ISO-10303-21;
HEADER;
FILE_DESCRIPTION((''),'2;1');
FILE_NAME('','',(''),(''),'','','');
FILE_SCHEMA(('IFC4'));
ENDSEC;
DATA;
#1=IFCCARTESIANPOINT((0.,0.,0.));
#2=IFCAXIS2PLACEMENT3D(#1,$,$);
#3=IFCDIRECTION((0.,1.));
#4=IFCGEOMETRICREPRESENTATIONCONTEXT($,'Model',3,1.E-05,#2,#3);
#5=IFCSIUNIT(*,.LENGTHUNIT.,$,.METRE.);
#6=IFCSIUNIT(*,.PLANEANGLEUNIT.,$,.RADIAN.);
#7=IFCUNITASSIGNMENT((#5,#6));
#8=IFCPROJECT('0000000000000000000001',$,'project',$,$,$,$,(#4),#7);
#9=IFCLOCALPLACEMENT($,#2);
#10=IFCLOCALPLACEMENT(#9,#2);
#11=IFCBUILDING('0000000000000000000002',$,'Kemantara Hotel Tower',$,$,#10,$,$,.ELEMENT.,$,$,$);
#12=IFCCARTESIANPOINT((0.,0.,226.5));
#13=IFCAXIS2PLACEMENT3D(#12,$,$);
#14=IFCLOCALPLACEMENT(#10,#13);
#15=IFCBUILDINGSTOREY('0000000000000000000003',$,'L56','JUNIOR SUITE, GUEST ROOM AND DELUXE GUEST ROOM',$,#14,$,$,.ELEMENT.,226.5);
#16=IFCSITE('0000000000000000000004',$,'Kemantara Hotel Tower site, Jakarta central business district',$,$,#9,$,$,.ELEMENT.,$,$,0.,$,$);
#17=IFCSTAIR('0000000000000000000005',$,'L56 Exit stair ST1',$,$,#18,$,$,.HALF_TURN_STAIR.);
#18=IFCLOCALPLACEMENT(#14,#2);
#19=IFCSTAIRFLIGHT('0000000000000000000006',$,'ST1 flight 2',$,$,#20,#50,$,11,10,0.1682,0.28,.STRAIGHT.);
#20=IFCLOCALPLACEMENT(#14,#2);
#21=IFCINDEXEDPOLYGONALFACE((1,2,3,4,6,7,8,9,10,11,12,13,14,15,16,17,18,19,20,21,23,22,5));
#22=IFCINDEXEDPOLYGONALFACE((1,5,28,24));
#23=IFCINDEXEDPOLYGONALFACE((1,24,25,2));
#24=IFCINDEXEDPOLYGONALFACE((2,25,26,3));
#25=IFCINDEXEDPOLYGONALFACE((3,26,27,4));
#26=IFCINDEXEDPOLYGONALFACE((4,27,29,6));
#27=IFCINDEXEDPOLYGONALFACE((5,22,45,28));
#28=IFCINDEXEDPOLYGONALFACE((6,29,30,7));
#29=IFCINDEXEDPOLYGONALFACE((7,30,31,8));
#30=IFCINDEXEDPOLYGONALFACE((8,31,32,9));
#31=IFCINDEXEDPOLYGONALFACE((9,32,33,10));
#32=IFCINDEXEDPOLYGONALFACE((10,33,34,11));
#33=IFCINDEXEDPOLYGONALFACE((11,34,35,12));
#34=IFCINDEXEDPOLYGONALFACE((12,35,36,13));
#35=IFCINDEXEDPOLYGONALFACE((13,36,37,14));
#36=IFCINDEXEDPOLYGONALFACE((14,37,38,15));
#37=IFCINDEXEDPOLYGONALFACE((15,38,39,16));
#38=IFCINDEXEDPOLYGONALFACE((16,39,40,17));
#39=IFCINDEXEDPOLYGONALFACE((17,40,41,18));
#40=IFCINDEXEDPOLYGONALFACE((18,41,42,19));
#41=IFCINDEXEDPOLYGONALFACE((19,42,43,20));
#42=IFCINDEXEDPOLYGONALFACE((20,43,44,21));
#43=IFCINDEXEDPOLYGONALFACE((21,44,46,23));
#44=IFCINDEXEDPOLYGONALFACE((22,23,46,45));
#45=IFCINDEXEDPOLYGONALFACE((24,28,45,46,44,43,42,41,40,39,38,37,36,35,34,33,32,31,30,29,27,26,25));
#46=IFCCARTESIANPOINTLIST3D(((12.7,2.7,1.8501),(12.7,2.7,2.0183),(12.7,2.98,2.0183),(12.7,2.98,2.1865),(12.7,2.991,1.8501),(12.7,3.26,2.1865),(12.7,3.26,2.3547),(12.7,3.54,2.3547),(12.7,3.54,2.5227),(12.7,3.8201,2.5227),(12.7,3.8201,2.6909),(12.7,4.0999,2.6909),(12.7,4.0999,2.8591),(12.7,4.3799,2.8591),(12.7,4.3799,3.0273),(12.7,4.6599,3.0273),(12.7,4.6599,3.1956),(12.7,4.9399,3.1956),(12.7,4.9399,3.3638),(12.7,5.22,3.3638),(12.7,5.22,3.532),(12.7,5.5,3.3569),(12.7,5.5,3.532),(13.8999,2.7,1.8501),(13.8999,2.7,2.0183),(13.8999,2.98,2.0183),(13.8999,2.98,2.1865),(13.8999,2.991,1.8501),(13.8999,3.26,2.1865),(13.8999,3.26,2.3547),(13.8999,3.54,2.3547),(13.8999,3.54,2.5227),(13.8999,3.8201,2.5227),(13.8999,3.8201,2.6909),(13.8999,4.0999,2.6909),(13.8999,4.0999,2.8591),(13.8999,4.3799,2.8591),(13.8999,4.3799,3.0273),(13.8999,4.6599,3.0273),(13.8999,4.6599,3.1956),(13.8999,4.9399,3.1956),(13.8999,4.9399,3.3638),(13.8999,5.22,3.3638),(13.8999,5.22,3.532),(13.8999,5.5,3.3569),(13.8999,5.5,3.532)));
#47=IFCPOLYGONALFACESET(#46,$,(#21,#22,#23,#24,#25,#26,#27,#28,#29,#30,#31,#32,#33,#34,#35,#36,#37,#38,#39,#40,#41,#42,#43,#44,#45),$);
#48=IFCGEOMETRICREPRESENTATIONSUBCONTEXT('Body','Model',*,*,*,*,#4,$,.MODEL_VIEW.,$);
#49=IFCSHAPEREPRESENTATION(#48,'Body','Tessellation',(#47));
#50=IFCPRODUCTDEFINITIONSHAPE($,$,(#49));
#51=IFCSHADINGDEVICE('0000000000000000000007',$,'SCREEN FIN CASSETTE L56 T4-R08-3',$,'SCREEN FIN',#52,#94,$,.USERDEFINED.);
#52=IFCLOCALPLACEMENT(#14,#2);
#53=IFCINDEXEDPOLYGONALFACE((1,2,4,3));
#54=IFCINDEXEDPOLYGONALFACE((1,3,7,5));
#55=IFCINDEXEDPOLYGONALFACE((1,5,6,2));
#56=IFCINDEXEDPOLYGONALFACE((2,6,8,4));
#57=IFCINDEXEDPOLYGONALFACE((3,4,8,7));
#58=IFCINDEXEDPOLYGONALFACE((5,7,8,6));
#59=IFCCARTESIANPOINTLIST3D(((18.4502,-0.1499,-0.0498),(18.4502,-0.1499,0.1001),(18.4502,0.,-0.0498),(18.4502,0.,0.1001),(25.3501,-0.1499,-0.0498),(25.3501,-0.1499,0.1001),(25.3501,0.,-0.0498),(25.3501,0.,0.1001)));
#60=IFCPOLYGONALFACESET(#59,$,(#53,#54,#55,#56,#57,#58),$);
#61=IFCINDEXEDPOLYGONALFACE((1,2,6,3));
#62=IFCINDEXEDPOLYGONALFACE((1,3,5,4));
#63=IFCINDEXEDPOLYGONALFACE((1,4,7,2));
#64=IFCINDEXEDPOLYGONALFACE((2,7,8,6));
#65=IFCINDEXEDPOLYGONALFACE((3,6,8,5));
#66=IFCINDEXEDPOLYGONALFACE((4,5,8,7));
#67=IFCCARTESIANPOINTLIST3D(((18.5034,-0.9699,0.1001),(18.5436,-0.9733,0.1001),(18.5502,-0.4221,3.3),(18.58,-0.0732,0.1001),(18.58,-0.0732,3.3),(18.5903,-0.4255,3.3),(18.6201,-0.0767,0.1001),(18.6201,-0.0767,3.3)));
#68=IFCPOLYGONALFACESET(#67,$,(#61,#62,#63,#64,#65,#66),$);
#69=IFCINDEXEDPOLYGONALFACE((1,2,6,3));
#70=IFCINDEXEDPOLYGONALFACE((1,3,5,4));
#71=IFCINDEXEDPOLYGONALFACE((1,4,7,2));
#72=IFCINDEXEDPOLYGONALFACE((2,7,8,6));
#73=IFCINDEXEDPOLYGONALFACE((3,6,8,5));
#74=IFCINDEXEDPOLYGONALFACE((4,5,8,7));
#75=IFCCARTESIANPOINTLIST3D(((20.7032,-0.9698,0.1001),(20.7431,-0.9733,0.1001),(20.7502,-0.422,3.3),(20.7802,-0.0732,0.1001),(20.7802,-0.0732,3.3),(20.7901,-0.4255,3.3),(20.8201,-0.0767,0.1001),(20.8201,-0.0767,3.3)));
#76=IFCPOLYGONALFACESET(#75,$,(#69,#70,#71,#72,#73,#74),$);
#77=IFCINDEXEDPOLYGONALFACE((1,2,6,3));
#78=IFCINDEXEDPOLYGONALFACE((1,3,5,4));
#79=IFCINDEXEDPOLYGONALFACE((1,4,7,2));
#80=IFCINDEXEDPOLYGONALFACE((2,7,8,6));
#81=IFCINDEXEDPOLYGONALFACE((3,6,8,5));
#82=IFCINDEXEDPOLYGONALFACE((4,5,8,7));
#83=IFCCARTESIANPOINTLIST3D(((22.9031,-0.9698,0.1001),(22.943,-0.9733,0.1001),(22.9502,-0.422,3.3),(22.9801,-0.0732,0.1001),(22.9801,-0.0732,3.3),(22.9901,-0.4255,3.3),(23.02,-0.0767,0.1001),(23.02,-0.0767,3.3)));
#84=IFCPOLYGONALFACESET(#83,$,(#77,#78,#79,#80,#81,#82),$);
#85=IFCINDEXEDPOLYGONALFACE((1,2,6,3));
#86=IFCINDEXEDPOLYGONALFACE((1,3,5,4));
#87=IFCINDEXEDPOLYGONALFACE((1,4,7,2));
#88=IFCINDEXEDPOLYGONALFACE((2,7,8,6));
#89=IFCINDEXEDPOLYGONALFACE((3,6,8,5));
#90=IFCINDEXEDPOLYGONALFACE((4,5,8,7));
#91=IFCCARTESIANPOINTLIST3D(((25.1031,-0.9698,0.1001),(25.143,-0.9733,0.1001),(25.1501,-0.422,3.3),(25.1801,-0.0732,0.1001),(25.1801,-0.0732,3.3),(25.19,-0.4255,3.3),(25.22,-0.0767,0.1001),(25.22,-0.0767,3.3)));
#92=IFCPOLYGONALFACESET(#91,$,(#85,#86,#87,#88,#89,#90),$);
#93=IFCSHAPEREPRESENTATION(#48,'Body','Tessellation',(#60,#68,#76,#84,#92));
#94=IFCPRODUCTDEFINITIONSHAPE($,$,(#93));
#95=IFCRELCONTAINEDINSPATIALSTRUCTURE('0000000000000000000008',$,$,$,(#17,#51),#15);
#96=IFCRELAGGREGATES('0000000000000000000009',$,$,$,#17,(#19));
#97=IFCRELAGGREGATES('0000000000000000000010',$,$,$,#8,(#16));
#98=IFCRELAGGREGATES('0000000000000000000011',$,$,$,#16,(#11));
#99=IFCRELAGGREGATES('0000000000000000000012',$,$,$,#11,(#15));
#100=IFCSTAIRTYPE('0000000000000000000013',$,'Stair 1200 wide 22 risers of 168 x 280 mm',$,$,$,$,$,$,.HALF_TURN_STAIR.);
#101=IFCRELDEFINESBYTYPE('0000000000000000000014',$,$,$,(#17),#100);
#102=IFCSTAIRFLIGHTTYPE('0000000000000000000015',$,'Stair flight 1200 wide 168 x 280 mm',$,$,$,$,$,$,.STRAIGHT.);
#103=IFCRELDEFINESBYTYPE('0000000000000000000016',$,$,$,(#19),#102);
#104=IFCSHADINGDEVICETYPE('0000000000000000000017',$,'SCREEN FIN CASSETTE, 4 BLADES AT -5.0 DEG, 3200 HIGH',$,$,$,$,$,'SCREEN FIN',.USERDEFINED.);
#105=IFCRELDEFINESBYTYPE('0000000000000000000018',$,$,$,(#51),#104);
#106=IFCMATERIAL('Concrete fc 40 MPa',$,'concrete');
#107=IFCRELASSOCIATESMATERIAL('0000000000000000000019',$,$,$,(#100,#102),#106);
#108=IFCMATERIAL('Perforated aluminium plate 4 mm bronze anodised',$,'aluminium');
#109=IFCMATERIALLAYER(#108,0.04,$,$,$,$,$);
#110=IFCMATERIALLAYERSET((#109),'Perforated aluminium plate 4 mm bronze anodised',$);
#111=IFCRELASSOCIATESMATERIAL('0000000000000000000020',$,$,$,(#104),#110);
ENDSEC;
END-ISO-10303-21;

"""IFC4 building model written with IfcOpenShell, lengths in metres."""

from ifc_helpers import new_model, si_unit, direction, frame, origin, origin_2d, place, context, subcontext, project, spatial, polyline, rectangle, outline, extrude, source, transform, mapped, material, layer, layer_set, type_object, element, aggregate, save


model = new_model("IFC4")

# Units and contexts
model_context = context("Model", 3, precision=1e-05, world=origin(), true_north=direction((0.0, 1.0)))
body_context = subcontext(model_context, "Body", "Model", "MODEL_VIEW")
ifc_project = project(units=[si_unit("LENGTHUNIT", "METRE"), si_unit("PLANEANGLEUNIT", "RADIAN")], contexts=[model_context])

# Site, building, storey
site_placement = place(None, origin())
site = spatial("IfcSite", under=ifc_project, at=site_placement, Name="Kemantara Hotel Tower site, Jakarta central business district", CompositionType="ELEMENT", RefElevation=0.0)
building_placement = place(site_placement, origin())
building = spatial("IfcBuilding", under=site, at=building_placement, Name="Kemantara Hotel Tower", CompositionType="ELEMENT")
storey_placement = place(building_placement, frame((0.0, 0.0, 226.5)))
storey = spatial("IfcBuildingStorey", under=building, at=storey_placement, Name="L56", Description="JUNIOR SUITE, GUEST ROOM AND DELUXE GUEST ROOM", CompositionType="ELEMENT", Elevation=226.5)

# Stair, stair flight
ifc_material_1 = material(Name="Concrete fc 40 MPa", Category="concrete")
stair_type = type_object("IfcStairType", Name="Stair 1200 wide 22 risers of 168 x 280 mm", PredefinedType="HALF_TURN_STAIR", material=ifc_material_1)
stair_placement = place(storey_placement, origin())
stair = element("IfcStair", 1, at=stair_placement, inside=storey, type_object=stair_type, Name="L56 Exit stair ST1", PredefinedType="HALF_TURN_STAIR")
stair_flight_type = type_object("IfcStairFlightType", Name="Stair flight 1200 wide 168 x 280 mm", PredefinedType="STRAIGHT", material=ifc_material_1)
stair_flight_placement = place(storey_placement, frame((13.3, 2.7, 1.8501), z_axis=(0.0, 0.0, 1.0), x_axis=(0.0, 1.0, 0.0)))
stair_flight = element("IfcStairFlight", 2, at=stair_flight_placement, type_object=stair_flight_type, Name="ST1 flight 2", NumberOfRisers=11, NumberOfTreads=10, PredefinedType="STRAIGHT", RiserHeight=0.1682, TreadLength=0.28, context=body_context, shape_type="SweptSolid", body=[
    extrude(outline(polyline([(0.0, 0.0), (0.0, 0.1682), (0.28, 0.1682), (0.28, 0.3364), (0.5601, 0.3364), (0.5601, 0.5046), (0.8401, 0.5046), (0.8401, 0.6726), (1.1201, 0.6726), (1.1201, 0.8408), (1.3999, 0.8408), (1.3999, 1.009), (1.6799, 1.009), (1.6799, 1.1772), (1.96, 1.1772), (1.96, 1.3455), (2.24, 1.3455), (2.24, 1.5137), (2.52, 1.5137), (2.52, 1.6819), (2.8, 1.6819), (2.8, 1.8501), (2.8, 1.5068), (0.291, 0.0), (0.0, 0.0)])), frame((0.0, 0.6001, 0.0), z_axis=(0.0, -1.0, 0.0), x_axis=(1.0, 0.0, 0.0)), (0.0, 0.0, 1.0), 1.2),
])
aggregate(stair, [stair_flight])

# Shading device
ifc_material_2 = material(Name="Perforated aluminium plate 4 mm bronze anodised", Category="aluminium")
ifc_layer_1 = layer(ifc_material_2, 0.04)
ifc_layer_set_1 = layer_set([ifc_layer_1], Name="Perforated aluminium plate 4 mm bronze anodised")
shading_device_type = type_object("IfcShadingDeviceType", Name="SCREEN FIN CASSETTE, 4 BLADES AT -5.0 DEG, 3200 HIGH", ElementType="SCREEN FIN", PredefinedType="USERDEFINED", material=ifc_layer_set_1)
shared_shape = source(origin(), body_context, "Body", "SweptSolid", [
    extrude(rectangle(XDim=6.8999, YDim=0.1499, at=origin_2d()), frame((3.3, -0.075, -0.1499), z_axis=(0.0, 0.0, 1.0), x_axis=(1.0, 0.0, 0.0)), (0.0, 0.0, 1.0), 0.1499),
    extrude(outline(polyline([(0.0, 0.0), (0.8999, 0.0), (0.3501, 3.2), (0.0, 3.2), (0.0, 0.0)])), frame((0.02, -0.0767, 0.0), z_axis=(-0.996376, 0.085056, 0.0), x_axis=(-0.085056, -0.996376, 0.0)), (0.0, 0.0, 1.0), 0.0403),
    extrude(outline(polyline([(0.0, 0.0), (0.8999, 0.0), (0.3501, 3.2), (0.0, 3.2), (0.0, 0.0)])), frame((2.22, -0.0767, 0.0), z_axis=(-0.996332, 0.085575, 0.0), x_axis=(-0.085575, -0.996332, 0.0)), (0.0, 0.0, 1.0), 0.04),
    extrude(outline(polyline([(0.0, 0.0), (0.8999, 0.0), (0.3501, 3.2), (0.0, 3.2), (0.0, 0.0)])), frame((4.4199, -0.0767, 0.0), z_axis=(-0.996332, 0.085575, 0.0), x_axis=(-0.085575, -0.996332, 0.0)), (0.0, 0.0, 1.0), 0.04),
    extrude(outline(polyline([(0.0, 0.0), (0.8999, 0.0), (0.3501, 3.2), (0.0, 3.2), (0.0, 0.0)])), frame((6.6199, -0.0767, 0.0), z_axis=(-0.996332, 0.085575, 0.0), x_axis=(-0.085575, -0.996332, 0.0)), (0.0, 0.0, 1.0), 0.04),
])
shading_device_placement = place(storey_placement, frame((18.6001, 0.0, 0.1001), z_axis=(0.0, 0.0, 1.0), x_axis=(1.0, 0.0, 0.0)))
element("IfcShadingDevice", 3, at=shading_device_placement, inside=storey, type_object=shading_device_type, Name="SCREEN FIN CASSETTE L56 T4-R08-3", ObjectType="SCREEN FIN", PredefinedType="USERDEFINED", context=body_context, shape_type="MappedRepresentation", body=[
    mapped(shared_shape, transform((0.0, 0.0, 0.0))),
])

save(model, "model.ifc")
